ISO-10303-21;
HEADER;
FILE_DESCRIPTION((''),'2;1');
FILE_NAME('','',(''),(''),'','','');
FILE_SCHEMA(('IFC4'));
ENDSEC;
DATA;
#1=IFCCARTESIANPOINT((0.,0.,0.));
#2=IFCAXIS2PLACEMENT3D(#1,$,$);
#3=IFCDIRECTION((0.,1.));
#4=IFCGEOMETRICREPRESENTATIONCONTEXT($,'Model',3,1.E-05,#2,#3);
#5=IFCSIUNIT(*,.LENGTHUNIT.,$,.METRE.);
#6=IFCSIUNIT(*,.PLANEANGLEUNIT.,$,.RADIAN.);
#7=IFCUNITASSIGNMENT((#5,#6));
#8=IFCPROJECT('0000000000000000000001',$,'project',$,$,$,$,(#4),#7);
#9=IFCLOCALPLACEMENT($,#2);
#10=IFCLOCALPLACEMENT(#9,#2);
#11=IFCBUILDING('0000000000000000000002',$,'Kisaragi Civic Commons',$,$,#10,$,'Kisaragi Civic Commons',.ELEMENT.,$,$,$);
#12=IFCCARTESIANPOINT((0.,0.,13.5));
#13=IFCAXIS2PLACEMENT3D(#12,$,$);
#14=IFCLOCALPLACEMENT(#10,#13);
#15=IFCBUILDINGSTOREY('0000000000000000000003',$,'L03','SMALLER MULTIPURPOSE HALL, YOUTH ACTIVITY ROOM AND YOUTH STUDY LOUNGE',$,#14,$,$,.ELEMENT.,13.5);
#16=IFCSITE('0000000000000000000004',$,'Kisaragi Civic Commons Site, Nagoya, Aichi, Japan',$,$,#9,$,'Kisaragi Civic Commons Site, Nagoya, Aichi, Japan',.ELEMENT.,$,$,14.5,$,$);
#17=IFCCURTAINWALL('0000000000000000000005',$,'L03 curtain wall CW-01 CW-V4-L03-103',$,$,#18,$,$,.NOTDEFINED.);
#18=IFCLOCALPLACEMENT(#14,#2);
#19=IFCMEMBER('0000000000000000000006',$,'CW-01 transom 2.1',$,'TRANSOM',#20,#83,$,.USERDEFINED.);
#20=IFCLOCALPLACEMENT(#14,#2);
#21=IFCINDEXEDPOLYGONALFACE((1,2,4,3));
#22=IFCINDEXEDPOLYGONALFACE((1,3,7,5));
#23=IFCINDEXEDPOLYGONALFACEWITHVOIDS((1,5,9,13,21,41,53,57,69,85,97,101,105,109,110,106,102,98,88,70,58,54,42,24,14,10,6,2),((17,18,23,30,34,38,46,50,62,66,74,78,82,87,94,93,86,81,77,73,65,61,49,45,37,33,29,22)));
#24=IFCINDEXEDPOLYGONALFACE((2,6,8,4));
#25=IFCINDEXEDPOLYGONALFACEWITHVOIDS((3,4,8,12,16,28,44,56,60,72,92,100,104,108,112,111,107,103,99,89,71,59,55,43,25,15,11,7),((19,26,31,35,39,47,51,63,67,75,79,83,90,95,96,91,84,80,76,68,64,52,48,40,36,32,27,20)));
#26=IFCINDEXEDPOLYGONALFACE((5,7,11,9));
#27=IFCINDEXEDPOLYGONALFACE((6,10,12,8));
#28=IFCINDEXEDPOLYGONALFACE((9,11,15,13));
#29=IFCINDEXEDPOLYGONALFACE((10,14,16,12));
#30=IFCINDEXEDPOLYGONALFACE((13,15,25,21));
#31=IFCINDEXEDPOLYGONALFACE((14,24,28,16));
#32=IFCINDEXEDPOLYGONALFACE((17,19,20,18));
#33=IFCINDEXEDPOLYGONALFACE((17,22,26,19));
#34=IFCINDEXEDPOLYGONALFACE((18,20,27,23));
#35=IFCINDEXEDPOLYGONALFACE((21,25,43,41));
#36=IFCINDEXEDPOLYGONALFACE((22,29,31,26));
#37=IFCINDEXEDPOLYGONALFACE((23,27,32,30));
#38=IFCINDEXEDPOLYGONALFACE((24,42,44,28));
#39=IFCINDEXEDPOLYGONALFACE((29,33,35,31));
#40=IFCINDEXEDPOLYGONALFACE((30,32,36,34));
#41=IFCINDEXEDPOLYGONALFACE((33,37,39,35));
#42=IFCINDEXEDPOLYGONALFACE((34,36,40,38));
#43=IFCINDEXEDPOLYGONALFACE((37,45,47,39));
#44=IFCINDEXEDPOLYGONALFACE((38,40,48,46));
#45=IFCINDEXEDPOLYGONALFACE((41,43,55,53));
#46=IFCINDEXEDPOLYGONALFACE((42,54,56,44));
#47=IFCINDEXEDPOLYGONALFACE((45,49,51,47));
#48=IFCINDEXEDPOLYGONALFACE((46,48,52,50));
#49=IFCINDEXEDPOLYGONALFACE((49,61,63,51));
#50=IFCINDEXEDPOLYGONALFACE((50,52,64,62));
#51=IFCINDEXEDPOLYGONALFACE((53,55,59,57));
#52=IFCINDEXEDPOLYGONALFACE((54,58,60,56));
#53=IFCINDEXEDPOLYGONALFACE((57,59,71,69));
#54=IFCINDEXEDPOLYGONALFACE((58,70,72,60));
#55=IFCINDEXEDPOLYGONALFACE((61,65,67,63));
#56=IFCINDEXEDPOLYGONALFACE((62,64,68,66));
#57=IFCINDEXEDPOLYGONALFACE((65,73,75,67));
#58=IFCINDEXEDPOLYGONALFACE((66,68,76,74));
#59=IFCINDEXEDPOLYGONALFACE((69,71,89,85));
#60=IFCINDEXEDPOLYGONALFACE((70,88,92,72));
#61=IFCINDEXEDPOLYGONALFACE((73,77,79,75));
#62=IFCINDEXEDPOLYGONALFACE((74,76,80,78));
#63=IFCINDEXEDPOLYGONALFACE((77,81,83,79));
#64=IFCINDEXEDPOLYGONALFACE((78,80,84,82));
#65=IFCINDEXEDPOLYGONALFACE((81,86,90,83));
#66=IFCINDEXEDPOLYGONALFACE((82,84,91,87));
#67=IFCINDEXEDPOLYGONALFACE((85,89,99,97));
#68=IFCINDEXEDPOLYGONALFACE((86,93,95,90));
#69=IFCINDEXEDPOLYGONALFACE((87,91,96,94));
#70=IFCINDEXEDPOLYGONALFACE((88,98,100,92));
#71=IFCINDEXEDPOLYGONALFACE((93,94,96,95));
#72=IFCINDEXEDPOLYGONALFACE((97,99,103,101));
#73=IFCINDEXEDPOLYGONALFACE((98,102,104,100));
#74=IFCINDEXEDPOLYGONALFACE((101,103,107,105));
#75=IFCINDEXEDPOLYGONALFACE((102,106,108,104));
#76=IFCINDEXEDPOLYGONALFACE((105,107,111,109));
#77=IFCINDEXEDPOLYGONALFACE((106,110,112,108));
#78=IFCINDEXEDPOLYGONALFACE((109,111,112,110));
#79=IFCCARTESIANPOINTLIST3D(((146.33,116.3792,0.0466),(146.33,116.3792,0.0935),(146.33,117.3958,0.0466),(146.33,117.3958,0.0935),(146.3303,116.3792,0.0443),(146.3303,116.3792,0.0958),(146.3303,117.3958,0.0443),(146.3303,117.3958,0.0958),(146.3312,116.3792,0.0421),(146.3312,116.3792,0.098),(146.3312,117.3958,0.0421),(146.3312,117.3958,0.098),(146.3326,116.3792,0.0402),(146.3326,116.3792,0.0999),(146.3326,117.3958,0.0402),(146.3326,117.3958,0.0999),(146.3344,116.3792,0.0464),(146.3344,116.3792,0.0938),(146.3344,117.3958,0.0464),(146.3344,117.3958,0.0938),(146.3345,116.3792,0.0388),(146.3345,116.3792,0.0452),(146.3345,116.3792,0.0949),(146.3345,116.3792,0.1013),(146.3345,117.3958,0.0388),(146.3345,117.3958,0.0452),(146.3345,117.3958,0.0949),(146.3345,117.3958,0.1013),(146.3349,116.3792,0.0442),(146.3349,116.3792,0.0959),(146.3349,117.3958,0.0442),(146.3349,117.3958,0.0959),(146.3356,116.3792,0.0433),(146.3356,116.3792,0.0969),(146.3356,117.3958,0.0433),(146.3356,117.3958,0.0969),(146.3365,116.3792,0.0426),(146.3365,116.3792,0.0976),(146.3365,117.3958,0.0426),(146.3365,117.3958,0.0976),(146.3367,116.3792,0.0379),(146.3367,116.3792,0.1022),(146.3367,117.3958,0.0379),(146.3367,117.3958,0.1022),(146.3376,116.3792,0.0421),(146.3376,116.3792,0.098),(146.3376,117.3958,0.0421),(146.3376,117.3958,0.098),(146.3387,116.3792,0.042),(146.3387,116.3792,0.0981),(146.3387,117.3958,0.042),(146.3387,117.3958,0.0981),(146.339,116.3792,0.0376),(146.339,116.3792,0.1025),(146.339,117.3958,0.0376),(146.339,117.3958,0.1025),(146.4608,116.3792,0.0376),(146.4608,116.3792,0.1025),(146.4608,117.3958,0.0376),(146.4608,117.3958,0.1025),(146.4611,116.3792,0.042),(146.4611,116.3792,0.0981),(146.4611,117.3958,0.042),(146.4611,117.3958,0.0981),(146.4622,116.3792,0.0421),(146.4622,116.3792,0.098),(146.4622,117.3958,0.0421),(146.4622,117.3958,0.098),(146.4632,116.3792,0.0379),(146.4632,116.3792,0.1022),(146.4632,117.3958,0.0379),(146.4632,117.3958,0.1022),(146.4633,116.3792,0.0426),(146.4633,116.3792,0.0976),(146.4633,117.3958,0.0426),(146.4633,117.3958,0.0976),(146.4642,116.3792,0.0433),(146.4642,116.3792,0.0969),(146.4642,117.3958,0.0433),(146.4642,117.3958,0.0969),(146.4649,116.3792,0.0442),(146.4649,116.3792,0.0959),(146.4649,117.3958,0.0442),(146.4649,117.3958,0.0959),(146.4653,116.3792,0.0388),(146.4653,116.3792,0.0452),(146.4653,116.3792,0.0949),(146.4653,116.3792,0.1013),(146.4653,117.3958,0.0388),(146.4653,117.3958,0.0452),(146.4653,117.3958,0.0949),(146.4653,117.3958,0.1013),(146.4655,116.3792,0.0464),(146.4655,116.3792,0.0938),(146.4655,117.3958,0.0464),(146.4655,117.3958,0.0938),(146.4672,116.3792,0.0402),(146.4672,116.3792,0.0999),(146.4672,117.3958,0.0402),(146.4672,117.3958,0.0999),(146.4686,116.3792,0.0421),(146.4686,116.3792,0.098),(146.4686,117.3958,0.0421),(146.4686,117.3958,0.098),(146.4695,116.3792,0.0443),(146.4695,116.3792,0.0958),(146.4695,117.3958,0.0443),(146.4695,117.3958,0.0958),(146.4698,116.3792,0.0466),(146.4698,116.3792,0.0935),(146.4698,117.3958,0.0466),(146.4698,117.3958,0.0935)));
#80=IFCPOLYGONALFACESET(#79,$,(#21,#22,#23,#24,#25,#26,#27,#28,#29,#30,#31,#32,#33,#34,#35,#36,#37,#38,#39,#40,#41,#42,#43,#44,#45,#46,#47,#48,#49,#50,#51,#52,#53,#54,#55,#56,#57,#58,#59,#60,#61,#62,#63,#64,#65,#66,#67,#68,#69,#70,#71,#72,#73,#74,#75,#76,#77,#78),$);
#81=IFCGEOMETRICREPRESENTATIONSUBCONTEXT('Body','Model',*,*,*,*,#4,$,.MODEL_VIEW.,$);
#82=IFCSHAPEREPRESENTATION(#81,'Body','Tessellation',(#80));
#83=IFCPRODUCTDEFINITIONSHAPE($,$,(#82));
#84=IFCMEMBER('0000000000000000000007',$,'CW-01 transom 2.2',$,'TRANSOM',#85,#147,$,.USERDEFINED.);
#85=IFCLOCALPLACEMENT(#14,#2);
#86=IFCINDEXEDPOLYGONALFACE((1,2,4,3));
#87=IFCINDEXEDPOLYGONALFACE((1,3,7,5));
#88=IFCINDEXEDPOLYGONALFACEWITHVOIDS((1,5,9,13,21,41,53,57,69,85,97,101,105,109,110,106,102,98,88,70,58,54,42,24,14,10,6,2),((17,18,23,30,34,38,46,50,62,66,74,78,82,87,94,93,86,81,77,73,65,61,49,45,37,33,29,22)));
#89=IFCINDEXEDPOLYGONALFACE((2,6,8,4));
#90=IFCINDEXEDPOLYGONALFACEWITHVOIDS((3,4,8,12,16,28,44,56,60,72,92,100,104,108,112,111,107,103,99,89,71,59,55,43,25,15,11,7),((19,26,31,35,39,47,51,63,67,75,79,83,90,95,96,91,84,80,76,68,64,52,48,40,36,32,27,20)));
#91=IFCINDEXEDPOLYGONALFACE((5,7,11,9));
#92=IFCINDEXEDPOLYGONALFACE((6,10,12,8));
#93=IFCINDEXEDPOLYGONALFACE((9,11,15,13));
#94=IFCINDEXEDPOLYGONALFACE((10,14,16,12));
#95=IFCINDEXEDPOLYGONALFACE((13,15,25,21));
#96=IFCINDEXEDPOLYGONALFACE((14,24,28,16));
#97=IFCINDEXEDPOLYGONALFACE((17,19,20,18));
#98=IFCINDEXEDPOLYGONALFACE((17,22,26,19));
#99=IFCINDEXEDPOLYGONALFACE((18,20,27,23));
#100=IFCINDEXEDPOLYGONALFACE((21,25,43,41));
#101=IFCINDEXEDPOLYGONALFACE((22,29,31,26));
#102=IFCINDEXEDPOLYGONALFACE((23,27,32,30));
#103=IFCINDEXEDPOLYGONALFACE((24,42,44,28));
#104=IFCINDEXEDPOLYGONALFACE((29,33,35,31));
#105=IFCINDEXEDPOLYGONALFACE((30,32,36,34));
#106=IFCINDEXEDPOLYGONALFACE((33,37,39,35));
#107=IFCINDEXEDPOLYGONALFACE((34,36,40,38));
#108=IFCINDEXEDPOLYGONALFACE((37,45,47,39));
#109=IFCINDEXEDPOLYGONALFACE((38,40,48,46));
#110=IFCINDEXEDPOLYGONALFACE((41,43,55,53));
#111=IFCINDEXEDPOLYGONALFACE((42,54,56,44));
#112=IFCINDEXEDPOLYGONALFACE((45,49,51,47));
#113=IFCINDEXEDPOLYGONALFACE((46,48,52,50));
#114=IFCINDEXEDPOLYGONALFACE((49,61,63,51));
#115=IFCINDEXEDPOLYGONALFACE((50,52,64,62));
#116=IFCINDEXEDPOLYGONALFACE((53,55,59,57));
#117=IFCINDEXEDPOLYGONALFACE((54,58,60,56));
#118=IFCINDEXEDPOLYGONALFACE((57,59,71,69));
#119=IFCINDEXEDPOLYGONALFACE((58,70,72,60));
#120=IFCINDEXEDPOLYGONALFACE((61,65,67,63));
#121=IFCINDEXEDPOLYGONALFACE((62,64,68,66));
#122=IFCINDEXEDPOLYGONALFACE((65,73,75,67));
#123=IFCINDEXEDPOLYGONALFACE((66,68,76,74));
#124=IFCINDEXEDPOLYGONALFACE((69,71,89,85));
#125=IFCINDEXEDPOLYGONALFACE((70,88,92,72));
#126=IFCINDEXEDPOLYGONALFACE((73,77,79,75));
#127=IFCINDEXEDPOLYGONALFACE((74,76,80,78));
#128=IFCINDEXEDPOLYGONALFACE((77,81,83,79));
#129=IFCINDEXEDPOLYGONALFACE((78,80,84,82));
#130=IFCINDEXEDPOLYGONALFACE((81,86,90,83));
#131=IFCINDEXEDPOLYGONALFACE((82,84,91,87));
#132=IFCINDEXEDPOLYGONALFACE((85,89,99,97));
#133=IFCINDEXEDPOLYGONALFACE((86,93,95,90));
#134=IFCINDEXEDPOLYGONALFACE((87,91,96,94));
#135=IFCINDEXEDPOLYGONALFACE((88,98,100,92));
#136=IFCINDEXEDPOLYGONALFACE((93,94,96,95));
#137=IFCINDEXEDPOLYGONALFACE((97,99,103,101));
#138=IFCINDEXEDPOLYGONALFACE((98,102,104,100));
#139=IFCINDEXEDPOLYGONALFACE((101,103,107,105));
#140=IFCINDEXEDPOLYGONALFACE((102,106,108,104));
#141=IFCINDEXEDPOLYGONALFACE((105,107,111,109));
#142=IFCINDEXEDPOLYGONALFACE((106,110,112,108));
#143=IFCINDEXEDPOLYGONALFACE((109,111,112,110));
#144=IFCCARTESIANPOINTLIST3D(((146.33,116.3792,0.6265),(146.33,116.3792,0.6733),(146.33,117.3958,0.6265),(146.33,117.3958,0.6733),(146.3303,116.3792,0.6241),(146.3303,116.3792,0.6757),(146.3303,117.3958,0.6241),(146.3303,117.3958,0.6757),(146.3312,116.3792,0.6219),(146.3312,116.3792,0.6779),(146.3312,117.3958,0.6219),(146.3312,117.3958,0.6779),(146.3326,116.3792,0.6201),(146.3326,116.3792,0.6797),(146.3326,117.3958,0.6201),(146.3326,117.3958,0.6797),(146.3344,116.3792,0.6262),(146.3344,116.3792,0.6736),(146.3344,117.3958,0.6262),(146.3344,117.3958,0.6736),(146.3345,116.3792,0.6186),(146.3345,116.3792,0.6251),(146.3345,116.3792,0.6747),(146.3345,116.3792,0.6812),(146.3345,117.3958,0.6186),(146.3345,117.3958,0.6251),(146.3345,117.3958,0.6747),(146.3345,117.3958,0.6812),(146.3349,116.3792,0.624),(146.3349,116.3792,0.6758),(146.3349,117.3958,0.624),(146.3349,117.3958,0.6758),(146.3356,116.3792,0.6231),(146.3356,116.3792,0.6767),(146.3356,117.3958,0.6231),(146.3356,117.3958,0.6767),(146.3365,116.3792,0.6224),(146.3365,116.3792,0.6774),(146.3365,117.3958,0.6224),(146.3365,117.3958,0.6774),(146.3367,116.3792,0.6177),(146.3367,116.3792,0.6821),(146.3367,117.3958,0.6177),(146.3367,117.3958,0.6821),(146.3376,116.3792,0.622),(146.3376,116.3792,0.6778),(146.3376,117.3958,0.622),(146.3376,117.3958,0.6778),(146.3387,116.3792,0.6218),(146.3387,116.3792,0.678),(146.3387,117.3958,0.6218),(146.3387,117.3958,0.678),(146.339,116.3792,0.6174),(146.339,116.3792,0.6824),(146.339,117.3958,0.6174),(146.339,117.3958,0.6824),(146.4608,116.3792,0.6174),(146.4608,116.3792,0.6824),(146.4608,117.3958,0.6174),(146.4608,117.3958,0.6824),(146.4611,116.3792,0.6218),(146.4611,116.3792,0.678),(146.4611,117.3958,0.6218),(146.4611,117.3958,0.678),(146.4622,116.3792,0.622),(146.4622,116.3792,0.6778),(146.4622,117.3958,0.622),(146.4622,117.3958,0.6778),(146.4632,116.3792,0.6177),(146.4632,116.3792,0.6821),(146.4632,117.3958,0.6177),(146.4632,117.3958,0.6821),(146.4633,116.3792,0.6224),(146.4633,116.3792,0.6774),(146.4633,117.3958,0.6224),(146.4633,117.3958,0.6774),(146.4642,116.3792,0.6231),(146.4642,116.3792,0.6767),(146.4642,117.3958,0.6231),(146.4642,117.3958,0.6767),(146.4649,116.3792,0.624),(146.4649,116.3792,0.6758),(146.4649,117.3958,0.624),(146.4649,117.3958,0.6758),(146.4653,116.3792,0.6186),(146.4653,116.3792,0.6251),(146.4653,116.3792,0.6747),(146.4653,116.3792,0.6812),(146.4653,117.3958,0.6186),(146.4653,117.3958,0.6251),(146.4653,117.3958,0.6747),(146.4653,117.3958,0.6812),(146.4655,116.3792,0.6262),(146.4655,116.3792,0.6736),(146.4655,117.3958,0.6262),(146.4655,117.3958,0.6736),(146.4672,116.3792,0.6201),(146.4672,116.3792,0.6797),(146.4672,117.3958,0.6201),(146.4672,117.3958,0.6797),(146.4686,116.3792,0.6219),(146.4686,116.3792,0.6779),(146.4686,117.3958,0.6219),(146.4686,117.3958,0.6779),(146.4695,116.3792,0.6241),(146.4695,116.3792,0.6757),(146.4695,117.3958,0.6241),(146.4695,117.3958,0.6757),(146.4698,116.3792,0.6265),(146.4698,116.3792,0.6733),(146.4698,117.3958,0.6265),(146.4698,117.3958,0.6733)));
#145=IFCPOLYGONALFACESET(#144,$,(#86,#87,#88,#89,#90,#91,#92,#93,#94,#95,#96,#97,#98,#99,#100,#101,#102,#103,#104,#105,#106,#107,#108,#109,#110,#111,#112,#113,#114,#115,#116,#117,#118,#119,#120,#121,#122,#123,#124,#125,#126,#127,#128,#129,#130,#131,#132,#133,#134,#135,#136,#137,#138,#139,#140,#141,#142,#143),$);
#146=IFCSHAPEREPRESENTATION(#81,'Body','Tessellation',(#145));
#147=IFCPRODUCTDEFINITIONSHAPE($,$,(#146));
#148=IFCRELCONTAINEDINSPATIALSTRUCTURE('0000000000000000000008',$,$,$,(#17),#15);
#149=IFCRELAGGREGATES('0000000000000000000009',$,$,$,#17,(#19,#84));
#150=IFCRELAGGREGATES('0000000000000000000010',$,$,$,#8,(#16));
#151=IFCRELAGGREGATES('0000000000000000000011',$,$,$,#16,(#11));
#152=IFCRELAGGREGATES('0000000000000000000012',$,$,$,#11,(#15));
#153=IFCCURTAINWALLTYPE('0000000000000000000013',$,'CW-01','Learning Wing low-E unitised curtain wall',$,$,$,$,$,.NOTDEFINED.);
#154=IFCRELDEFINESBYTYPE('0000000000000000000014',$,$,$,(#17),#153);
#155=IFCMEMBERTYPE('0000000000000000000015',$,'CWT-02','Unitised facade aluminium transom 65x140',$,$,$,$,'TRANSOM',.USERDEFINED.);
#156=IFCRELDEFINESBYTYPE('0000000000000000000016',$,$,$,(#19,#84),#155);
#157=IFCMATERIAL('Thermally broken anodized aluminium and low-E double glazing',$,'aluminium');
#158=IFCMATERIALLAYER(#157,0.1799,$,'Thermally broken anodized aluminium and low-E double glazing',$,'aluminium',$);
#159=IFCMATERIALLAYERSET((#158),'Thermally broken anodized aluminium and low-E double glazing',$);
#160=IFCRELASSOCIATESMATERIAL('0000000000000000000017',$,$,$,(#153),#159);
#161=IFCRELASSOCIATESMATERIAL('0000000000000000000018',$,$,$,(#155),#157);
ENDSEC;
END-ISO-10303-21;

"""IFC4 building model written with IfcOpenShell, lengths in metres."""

from ifc_helpers import new_model, si_unit, direction, frame, origin, origin_2d, place, context, subcontext, project, spatial, hollow_rectangle, extrude, material, layer, layer_set, material_profile, profile_set, type_object, element, aggregate, save


model = new_model("IFC4")

# Units and contexts
model_context = context("Model", 3, precision=1e-05, world=origin(), true_north=direction((0.0, 1.0)))
body_context = subcontext(model_context, "Body", "Model", "MODEL_VIEW")
ifc_project = project(units=[si_unit("LENGTHUNIT", "METRE"), si_unit("PLANEANGLEUNIT", "RADIAN")], contexts=[model_context])

# Site, building, storey
site_placement = place(None, origin())
site = spatial("IfcSite", under=ifc_project, at=site_placement, Name="Kisaragi Civic Commons Site, Nagoya, Aichi, Japan", LongName="Kisaragi Civic Commons Site, Nagoya, Aichi, Japan", CompositionType="ELEMENT", RefElevation=14.5)
building_placement = place(site_placement, origin())
building = spatial("IfcBuilding", under=site, at=building_placement, Name="Kisaragi Civic Commons", LongName="Kisaragi Civic Commons", CompositionType="ELEMENT")
storey_placement = place(building_placement, frame((0.0, 0.0, 13.5)))
storey = spatial("IfcBuildingStorey", under=building, at=storey_placement, Name="L03", Description="SMALLER MULTIPURPOSE HALL, YOUTH ACTIVITY ROOM AND YOUTH STUDY LOUNGE", CompositionType="ELEMENT", Elevation=13.5)

# Shared definitions
ifc_material_1 = material(Name="Thermally broken anodized aluminium and low-E double glazing", Category="aluminium")
ifc_layer_1 = layer(ifc_material_1, 0.1799, Name="Thermally broken anodized aluminium and low-E double glazing", Category="aluminium")
ifc_layer_set_1 = layer_set([ifc_layer_1], Name="Thermally broken anodized aluminium and low-E double glazing")
curtain_wall_type = type_object("IfcCurtainWallType", Name="CW-01", Description="Learning Wing low-E unitised curtain wall", PredefinedType="NOTDEFINED", material=ifc_layer_set_1)

# Curtain wall
curtain_wall_1_placement = place(storey_placement, origin())
curtain_wall_1 = element("IfcCurtainWall", 1, at=curtain_wall_1_placement, inside=storey, type_object=curtain_wall_type, Name="L03 curtain wall CW-01 CW-V4-L03-103", PredefinedType="NOTDEFINED")

# Members
ifc_material_profile_1 = material_profile(ifc_material_1, hollow_rectangle(XDim=0.1399, YDim=0.0649, WallThickness=0.0044, InnerFilletRadius=0.0044, OuterFilletRadius=0.009, at=origin_2d()), Name="CWT-65x140x4.5", Category="aluminium")
ifc_profile_set_1 = profile_set([ifc_material_profile_1], Name="Thermally broken anodized aluminium and low-E double glazing")
member_type_1 = type_object("IfcMemberType", Name="CWT-02", Description="Unitised facade aluminium transom 65x140", ElementType="TRANSOM", PredefinedType="USERDEFINED", material=ifc_profile_set_1)
member_1_placement = place(storey_placement, frame((146.3999, 117.3958, 0.0701), z_axis=(0.0, -1.0, 0.0), x_axis=(1.0, 0.0, 0.0)))
member_1 = element("IfcMember", 2, at=member_1_placement, type_object=member_type_1, Name="CW-01 transom 2.1", ObjectType="TRANSOM", PredefinedType="USERDEFINED", context=body_context, shape_type="SweptSolid", body=[
    extrude(hollow_rectangle(XDim=0.1399, YDim=0.0649, WallThickness=0.0044, InnerFilletRadius=0.0044, OuterFilletRadius=0.009, at=origin_2d()), origin(), (0.0, 0.0, 1.0), 1.0166),
])
member_2_placement = place(storey_placement, frame((146.3999, 117.3958, 0.6499), z_axis=(0.0, -1.0, 0.0), x_axis=(1.0, 0.0, 0.0)))
member_2 = element("IfcMember", 3, at=member_2_placement, type_object=member_type_1, Name="CW-01 transom 2.2", ObjectType="TRANSOM", PredefinedType="USERDEFINED", context=body_context, shape_type="SweptSolid", body=[
    extrude(hollow_rectangle(XDim=0.1399, YDim=0.0649, WallThickness=0.0044, InnerFilletRadius=0.0044, OuterFilletRadius=0.009, at=origin_2d()), origin(), (0.0, 0.0, 1.0), 1.0166),
])

aggregate(curtain_wall_1, [member_1, member_2])

save(model, "model.ifc")
